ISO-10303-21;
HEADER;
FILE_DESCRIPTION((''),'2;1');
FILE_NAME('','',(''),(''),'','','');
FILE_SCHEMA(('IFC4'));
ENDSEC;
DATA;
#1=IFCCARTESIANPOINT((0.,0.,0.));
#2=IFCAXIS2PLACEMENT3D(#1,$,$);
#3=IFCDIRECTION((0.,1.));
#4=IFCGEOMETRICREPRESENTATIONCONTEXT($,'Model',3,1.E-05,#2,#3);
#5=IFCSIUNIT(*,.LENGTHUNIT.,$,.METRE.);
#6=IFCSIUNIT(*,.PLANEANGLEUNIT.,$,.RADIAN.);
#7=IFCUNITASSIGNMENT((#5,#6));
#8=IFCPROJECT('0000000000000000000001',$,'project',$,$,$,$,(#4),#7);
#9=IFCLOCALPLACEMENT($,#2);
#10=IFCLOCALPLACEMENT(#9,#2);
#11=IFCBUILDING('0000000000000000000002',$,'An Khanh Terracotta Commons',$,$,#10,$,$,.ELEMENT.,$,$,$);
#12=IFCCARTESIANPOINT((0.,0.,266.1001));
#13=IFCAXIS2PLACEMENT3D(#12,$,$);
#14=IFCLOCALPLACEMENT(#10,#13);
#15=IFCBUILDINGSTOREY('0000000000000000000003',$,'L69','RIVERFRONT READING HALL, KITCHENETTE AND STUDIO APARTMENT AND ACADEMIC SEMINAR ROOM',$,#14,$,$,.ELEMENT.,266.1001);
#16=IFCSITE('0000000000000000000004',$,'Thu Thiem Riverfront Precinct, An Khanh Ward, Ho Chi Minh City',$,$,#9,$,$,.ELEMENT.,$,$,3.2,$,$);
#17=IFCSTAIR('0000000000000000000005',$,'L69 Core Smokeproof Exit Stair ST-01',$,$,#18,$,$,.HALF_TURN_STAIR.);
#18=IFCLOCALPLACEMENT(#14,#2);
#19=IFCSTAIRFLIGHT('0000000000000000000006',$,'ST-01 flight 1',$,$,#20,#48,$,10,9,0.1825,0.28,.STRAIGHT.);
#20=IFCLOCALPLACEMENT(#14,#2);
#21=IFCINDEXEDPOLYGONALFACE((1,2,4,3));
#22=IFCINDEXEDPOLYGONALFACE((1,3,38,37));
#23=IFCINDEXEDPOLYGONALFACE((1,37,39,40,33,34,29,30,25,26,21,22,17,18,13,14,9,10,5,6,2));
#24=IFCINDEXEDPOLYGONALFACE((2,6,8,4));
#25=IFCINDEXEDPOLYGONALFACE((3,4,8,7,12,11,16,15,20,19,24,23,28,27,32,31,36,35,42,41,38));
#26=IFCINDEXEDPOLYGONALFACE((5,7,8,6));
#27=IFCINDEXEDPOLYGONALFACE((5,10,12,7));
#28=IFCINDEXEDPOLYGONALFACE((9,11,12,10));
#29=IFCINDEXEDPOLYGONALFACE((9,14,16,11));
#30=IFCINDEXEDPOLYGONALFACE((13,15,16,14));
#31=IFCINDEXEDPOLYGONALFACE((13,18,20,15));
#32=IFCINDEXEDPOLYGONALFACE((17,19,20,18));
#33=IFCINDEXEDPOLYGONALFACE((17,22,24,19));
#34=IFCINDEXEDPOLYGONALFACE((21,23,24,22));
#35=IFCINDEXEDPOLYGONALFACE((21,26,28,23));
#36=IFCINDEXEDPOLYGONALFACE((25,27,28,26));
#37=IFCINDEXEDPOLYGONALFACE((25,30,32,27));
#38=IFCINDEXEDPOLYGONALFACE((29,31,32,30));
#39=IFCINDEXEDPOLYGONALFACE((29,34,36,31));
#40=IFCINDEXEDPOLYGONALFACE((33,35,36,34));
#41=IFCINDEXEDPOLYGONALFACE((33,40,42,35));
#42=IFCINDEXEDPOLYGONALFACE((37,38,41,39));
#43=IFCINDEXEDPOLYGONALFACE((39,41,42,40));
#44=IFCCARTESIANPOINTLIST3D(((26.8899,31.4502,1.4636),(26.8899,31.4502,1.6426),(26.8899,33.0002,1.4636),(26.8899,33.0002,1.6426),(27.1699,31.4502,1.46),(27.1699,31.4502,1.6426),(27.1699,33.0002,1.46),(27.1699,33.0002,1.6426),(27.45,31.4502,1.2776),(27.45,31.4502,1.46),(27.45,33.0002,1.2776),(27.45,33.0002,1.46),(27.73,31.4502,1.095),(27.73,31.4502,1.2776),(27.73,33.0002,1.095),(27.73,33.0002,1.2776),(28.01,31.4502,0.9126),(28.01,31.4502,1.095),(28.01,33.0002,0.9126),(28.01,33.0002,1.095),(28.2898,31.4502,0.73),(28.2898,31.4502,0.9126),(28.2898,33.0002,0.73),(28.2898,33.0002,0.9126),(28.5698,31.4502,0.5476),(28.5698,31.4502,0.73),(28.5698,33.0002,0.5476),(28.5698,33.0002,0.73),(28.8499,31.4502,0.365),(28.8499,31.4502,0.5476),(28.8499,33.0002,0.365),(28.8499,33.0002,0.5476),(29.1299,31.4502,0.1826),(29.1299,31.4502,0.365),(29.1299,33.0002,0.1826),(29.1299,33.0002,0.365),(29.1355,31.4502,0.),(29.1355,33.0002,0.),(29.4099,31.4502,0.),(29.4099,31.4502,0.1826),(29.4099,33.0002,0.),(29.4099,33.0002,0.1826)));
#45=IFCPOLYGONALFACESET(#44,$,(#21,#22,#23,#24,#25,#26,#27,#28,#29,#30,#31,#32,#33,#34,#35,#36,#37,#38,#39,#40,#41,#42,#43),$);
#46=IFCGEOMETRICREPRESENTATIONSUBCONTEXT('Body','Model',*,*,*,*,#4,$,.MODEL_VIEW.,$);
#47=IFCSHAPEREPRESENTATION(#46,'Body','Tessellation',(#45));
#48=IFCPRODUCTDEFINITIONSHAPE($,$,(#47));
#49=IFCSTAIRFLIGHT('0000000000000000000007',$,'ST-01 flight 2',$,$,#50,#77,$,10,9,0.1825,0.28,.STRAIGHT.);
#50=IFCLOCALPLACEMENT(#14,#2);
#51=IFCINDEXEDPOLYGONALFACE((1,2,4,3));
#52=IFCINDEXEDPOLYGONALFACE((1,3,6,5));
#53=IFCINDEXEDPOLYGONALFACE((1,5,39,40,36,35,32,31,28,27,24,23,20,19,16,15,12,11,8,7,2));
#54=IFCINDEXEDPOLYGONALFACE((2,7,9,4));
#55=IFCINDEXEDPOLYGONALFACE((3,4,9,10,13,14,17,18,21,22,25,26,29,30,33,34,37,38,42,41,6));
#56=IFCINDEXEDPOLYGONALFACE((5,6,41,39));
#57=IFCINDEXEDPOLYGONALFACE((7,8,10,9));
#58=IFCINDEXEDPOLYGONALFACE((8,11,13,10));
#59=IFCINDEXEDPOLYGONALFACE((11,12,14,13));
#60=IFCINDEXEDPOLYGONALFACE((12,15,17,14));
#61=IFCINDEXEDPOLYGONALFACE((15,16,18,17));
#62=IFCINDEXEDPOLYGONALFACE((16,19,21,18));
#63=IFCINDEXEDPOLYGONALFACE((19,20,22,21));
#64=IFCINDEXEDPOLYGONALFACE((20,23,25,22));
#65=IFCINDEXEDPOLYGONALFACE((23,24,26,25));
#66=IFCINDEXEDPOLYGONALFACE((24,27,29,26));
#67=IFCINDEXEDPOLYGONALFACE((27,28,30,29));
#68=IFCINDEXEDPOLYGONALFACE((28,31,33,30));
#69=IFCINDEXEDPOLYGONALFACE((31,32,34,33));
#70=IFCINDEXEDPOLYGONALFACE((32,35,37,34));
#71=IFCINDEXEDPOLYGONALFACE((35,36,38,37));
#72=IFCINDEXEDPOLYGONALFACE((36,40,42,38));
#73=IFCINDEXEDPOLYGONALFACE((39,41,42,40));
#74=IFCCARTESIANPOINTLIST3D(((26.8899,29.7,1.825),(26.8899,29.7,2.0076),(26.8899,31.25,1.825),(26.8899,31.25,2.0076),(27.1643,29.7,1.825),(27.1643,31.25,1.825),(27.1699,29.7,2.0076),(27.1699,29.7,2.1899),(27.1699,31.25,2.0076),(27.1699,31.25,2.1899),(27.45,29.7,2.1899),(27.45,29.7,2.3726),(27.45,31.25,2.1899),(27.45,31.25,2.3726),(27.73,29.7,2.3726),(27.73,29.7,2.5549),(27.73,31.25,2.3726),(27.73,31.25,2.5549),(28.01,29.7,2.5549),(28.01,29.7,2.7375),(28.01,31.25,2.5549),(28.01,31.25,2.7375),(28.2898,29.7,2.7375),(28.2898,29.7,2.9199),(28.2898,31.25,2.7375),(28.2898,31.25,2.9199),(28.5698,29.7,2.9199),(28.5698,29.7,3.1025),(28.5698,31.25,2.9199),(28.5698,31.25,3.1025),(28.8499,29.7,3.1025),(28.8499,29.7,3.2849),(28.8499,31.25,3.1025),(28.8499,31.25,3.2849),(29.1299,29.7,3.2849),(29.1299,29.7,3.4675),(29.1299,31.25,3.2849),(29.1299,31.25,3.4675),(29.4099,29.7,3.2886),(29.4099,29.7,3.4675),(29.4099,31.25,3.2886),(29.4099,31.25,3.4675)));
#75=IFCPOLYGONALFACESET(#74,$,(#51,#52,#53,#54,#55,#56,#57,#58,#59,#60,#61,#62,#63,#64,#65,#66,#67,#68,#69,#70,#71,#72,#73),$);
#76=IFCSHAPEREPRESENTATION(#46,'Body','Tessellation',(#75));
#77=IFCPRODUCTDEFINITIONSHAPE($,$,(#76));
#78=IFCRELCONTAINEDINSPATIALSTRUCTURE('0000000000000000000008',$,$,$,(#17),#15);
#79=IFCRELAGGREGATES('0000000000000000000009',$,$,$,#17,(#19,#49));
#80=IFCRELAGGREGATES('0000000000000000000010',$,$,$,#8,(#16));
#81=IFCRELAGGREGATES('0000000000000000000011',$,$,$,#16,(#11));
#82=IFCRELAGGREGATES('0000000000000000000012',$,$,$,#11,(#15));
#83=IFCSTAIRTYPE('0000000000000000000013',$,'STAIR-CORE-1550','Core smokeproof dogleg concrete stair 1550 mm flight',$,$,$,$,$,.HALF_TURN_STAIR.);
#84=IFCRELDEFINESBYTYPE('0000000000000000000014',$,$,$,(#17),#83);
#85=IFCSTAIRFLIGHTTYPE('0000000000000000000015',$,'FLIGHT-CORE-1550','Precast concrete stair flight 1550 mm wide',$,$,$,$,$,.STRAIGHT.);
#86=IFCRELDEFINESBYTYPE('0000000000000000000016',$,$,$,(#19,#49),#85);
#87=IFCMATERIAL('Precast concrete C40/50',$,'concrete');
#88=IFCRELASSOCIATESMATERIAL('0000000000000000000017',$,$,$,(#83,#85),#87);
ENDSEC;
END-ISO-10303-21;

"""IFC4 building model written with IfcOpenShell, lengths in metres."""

from ifc_helpers import new_model, si_unit, direction, frame, origin, place, context, subcontext, project, spatial, polyline, outline, extrude, material, type_object, element, aggregate, save


model = new_model("IFC4")

# Units and contexts
model_context = context("Model", 3, precision=1e-05, world=origin(), true_north=direction((0.0, 1.0)))
body_context = subcontext(model_context, "Body", "Model", "MODEL_VIEW")
ifc_project = project(units=[si_unit("LENGTHUNIT", "METRE"), si_unit("PLANEANGLEUNIT", "RADIAN")], contexts=[model_context])

# Site, building, storey
site_placement = place(None, origin())
site = spatial("IfcSite", under=ifc_project, at=site_placement, Name="Thu Thiem Riverfront Precinct, An Khanh Ward, Ho Chi Minh City", CompositionType="ELEMENT", RefElevation=3.2)
building_placement = place(site_placement, origin())
building = spatial("IfcBuilding", under=site, at=building_placement, Name="An Khanh Terracotta Commons", CompositionType="ELEMENT")
storey_placement = place(building_placement, frame((0.0, 0.0, 266.1001)))
storey = spatial("IfcBuildingStorey", under=building, at=storey_placement, Name="L69", Description="RIVERFRONT READING HALL, KITCHENETTE AND STUDIO APARTMENT AND ACADEMIC SEMINAR ROOM", CompositionType="ELEMENT", Elevation=266.1001)

# Shared definitions
ifc_material_1 = material(Name="Precast concrete C40/50", Category="concrete")

# Stair, stair flights
stair_type = type_object("IfcStairType", Name="STAIR-CORE-1550", Description="Core smokeproof dogleg concrete stair 1550 mm flight", PredefinedType="HALF_TURN_STAIR", material=ifc_material_1)
stair_placement = place(storey_placement, origin())
stair = element("IfcStair", 1, at=stair_placement, inside=storey, type_object=stair_type, Name="L69 Core Smokeproof Exit Stair ST-01", PredefinedType="HALF_TURN_STAIR")
stair_flight_type = type_object("IfcStairFlightType", Name="FLIGHT-CORE-1550", Description="Precast concrete stair flight 1550 mm wide", PredefinedType="STRAIGHT", material=ifc_material_1)
stair_flight_1_placement = place(storey_placement, frame((29.4099, 32.2251, 0.0), z_axis=(0.0, 0.0, 1.0), x_axis=(-1.0, 0.0, 0.0)))
stair_flight_1 = element("IfcStairFlight", 2, at=stair_flight_1_placement, type_object=stair_flight_type, Name="ST-01 flight 1", NumberOfRisers=10, NumberOfTreads=9, PredefinedType="STRAIGHT", RiserHeight=0.1825, TreadLength=0.28, context=body_context, shape_type="SweptSolid", body=[
    extrude(outline(polyline([(0.0, 0.0), (0.0, 0.1826), (0.28, 0.1826), (0.28, 0.365), (0.5601, 0.365), (0.5601, 0.5476), (0.8401, 0.5476), (0.8401, 0.73), (1.1201, 0.73), (1.1201, 0.9126), (1.3999, 0.9126), (1.3999, 1.095), (1.6799, 1.095), (1.6799, 1.2776), (1.96, 1.2776), (1.96, 1.46), (2.24, 1.46), (2.24, 1.6426), (2.52, 1.6426), (2.52, 1.825), (2.52, 1.4636), (0.2744, 0.0), (0.0, 0.0)])), frame((0.0, 0.7749, 0.0), z_axis=(0.0, -1.0, 0.0), x_axis=(1.0, 0.0, 0.0)), (0.0, 0.0, 1.0), 1.55),
])
stair_flight_2_placement = place(storey_placement, frame((26.8899, 30.4751, 1.825), z_axis=(0.0, 0.0, 1.0), x_axis=(1.0, 0.0, 0.0)))
stair_flight_2 = element("IfcStairFlight", 3, at=stair_flight_2_placement, type_object=stair_flight_type, Name="ST-01 flight 2", NumberOfRisers=10, NumberOfTreads=9, PredefinedType="STRAIGHT", RiserHeight=0.1825, TreadLength=0.28, context=body_context, shape_type="SweptSolid", body=[
    extrude(outline(polyline([(0.0, 0.0), (0.0, 0.1826), (0.28, 0.1826), (0.28, 0.365), (0.5601, 0.365), (0.5601, 0.5476), (0.8401, 0.5476), (0.8401, 0.73), (1.1201, 0.73), (1.1201, 0.9126), (1.3999, 0.9126), (1.3999, 1.095), (1.6799, 1.095), (1.6799, 1.2776), (1.96, 1.2776), (1.96, 1.46), (2.24, 1.46), (2.24, 1.6426), (2.52, 1.6426), (2.52, 1.825), (2.52, 1.4636), (0.2744, 0.0), (0.0, 0.0)])), frame((0.0, 0.7749, 0.0), z_axis=(0.0, -1.0, 0.0), x_axis=(1.0, 0.0, 0.0)), (0.0, 0.0, 1.0), 1.55),
])
aggregate(stair, [stair_flight_1, stair_flight_2])

save(model, "model.ifc")
